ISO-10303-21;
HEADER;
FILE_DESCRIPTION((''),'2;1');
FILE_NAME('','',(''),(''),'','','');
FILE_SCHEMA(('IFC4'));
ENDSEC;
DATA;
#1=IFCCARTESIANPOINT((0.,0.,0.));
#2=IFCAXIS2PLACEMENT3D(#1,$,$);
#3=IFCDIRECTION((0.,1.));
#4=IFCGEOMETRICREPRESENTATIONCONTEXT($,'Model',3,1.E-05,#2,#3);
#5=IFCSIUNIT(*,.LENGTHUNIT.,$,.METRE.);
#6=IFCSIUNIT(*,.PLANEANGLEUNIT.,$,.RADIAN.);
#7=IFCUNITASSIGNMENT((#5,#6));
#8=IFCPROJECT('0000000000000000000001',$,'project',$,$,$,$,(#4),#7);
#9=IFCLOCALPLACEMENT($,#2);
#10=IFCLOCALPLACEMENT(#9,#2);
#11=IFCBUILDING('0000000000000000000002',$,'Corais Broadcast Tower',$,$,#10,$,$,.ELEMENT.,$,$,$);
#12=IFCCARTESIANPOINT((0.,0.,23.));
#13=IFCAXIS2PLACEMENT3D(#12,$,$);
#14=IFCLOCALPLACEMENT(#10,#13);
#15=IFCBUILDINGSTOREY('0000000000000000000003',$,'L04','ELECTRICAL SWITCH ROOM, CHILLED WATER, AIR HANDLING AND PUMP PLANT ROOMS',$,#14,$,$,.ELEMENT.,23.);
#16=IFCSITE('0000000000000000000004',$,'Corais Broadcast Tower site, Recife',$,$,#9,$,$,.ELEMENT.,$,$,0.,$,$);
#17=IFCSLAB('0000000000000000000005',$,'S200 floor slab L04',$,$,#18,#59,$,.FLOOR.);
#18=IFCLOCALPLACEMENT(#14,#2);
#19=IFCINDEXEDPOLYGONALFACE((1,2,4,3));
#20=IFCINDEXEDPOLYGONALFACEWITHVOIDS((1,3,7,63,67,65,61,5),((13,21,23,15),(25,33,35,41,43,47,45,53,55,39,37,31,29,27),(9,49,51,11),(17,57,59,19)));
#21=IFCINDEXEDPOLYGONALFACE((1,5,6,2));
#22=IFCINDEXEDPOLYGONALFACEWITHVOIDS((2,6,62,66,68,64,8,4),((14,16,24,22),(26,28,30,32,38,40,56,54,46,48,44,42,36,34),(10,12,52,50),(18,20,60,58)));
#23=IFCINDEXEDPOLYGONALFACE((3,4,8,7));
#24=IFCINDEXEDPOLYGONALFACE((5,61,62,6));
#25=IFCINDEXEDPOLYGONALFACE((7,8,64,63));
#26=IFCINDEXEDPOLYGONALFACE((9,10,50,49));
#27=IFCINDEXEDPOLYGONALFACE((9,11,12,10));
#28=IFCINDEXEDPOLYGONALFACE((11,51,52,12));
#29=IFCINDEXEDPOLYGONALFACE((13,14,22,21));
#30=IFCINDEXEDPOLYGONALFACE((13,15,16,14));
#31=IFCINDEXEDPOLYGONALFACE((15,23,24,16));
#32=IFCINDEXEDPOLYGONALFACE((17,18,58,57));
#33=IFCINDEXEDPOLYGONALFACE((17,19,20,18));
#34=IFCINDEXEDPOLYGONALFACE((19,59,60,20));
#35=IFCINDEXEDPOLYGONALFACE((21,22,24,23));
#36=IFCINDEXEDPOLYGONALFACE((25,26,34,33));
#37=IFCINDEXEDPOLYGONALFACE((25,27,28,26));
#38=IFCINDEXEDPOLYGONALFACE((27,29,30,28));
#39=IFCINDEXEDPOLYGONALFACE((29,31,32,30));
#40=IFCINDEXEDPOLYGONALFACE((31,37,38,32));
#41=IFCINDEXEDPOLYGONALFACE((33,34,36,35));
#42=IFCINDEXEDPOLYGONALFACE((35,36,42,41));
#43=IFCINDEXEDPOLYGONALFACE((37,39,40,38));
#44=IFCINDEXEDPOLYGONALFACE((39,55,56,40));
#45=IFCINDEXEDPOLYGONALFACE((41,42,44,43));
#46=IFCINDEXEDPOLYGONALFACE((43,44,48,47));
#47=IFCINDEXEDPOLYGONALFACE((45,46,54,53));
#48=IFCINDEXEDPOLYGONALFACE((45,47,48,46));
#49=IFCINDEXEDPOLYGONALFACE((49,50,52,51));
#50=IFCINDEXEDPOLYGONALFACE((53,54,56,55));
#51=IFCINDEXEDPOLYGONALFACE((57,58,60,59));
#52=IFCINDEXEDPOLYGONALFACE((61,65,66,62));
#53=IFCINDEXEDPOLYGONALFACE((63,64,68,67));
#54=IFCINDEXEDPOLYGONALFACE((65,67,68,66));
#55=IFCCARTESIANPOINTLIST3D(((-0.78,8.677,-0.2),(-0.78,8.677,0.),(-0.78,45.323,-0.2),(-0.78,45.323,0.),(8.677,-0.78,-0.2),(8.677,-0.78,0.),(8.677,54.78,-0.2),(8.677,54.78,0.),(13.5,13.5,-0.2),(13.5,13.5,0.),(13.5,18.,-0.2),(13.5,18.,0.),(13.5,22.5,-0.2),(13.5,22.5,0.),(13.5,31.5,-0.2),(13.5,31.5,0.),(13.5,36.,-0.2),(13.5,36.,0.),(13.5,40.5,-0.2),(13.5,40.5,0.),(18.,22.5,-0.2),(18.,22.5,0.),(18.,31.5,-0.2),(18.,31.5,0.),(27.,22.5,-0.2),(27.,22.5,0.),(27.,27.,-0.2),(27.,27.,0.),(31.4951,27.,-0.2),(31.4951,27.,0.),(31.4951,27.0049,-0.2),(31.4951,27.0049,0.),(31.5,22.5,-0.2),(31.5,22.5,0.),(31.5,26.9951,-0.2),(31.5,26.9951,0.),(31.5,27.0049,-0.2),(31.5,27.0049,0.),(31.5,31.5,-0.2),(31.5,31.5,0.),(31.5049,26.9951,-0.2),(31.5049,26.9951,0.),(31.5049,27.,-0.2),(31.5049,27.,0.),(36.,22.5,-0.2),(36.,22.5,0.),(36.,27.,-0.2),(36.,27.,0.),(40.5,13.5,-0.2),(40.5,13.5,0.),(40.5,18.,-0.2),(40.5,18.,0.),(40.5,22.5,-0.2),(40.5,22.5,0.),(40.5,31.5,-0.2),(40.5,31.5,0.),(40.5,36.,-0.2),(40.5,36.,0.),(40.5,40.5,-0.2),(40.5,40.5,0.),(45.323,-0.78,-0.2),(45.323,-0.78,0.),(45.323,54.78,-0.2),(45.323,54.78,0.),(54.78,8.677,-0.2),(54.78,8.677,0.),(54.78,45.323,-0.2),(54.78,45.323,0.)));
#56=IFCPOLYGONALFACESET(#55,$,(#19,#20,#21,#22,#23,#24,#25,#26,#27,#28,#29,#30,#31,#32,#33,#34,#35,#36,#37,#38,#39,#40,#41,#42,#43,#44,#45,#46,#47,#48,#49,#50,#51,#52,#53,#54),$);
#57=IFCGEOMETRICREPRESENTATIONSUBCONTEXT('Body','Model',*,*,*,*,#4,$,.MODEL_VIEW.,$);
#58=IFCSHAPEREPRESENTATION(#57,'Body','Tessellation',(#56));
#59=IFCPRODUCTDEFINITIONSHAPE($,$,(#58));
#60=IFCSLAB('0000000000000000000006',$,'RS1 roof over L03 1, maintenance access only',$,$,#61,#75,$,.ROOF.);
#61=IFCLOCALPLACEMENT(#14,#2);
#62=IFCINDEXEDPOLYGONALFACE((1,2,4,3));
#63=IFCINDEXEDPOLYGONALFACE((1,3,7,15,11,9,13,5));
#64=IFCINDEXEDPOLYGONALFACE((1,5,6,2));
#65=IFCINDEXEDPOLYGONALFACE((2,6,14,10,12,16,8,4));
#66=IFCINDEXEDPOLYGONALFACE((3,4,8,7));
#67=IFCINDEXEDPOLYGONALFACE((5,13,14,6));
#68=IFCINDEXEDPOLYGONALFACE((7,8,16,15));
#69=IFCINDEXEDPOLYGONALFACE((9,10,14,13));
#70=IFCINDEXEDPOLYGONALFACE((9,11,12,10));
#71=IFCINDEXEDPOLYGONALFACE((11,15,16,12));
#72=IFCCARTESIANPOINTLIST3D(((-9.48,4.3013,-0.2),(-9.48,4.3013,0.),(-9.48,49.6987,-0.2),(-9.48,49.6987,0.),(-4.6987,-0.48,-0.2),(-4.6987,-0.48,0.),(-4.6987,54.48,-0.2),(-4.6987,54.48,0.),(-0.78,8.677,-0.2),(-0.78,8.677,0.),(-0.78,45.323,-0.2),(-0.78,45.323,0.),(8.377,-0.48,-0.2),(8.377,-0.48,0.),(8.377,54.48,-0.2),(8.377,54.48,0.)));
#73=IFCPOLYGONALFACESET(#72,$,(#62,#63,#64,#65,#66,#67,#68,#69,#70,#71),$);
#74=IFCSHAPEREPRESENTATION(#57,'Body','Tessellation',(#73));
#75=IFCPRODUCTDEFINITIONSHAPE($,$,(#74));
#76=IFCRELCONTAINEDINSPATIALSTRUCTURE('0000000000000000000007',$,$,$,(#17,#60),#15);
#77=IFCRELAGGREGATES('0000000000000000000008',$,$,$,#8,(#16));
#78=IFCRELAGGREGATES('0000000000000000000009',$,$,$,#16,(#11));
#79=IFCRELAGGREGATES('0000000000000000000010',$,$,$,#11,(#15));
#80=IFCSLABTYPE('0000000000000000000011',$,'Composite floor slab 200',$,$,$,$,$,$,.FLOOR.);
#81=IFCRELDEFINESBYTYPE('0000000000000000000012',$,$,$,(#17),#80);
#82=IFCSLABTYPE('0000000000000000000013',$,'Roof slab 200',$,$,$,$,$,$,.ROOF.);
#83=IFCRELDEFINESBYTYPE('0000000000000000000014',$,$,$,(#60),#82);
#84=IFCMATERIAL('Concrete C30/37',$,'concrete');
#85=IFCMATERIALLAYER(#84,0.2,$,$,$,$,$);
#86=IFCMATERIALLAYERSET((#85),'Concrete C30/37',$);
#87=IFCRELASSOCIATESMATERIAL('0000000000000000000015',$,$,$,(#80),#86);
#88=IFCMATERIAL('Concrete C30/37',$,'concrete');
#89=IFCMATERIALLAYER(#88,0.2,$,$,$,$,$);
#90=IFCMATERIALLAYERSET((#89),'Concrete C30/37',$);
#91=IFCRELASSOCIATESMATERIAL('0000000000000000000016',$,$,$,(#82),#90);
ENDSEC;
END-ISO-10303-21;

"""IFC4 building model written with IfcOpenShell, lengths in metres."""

from ifc_helpers import new_model, si_unit, direction, frame, origin, place, context, subcontext, project, spatial, polyline, outline, extrude, material, layer, layer_set, type_object, element, save


model = new_model("IFC4")

# Units and contexts
model_context = context("Model", 3, precision=1e-05, world=origin(), true_north=direction((0.0, 1.0)))
body_context = subcontext(model_context, "Body", "Model", "MODEL_VIEW")
ifc_project = project(units=[si_unit("LENGTHUNIT", "METRE"), si_unit("PLANEANGLEUNIT", "RADIAN")], contexts=[model_context])

# Site, building, storey
site_placement = place(None, origin())
site = spatial("IfcSite", under=ifc_project, at=site_placement, Name="Corais Broadcast Tower site, Recife", CompositionType="ELEMENT", RefElevation=0.0)
building_placement = place(site_placement, origin())
building = spatial("IfcBuilding", under=site, at=building_placement, Name="Corais Broadcast Tower", CompositionType="ELEMENT")
storey_placement = place(building_placement, frame((0.0, 0.0, 23.0)))
storey = spatial("IfcBuildingStorey", under=building, at=storey_placement, Name="L04", Description="ELECTRICAL SWITCH ROOM, CHILLED WATER, AIR HANDLING AND PUMP PLANT ROOMS", CompositionType="ELEMENT", Elevation=23.0)

# Slabs
ifc_material_1 = material(Name="Concrete C30/37", Category="concrete")
ifc_layer_1 = layer(ifc_material_1, 0.2)
ifc_layer_set_1 = layer_set([ifc_layer_1], Name="Concrete C30/37")
slab_type_1 = type_object("IfcSlabType", Name="Composite floor slab 200", PredefinedType="FLOOR", material=ifc_layer_set_1)
slab_1_placement = place(storey_placement, frame((0.0, 0.0, -0.2)))
element("IfcSlab", 1, at=slab_1_placement, inside=storey, type_object=slab_type_1, Name="S200 floor slab L04", PredefinedType="FLOOR", context=body_context, shape_type="SweptSolid", body=[
    extrude(outline(polyline([(8.677, -0.78), (-0.78, 8.677), (-0.78, 45.323), (8.677, 54.78), (45.323, 54.78), (54.78, 45.323), (54.78, 8.677), (45.323, -0.78), (8.677, -0.78)]), holes=[polyline([(13.5, 18.0), (40.5, 18.0), (40.5, 13.5), (13.5, 13.5), (13.5, 18.0)]), polyline([(13.5, 22.5), (13.5, 31.5), (18.0, 31.5), (18.0, 22.5), (13.5, 22.5)]), polyline([(13.5, 40.5), (40.5, 40.5), (40.5, 36.0), (13.5, 36.0), (13.5, 40.5)]), polyline([(27.0, 22.5), (27.0, 27.0), (31.4951, 27.0), (31.4951, 27.0049), (31.5, 27.0049), (31.5, 31.5), (40.5, 31.5), (40.5, 22.5), (36.0, 22.5), (36.0, 27.0), (31.5049, 27.0), (31.5049, 26.9951), (31.5, 26.9951), (31.5, 22.5), (27.0, 22.5)])]), origin(), (0.0, 0.0, 1.0), 0.2),
])
ifc_material_2 = material(Name="Concrete C30/37", Category="concrete")
ifc_layer_2 = layer(ifc_material_2, 0.2)
ifc_layer_set_2 = layer_set([ifc_layer_2], Name="Concrete C30/37")
slab_type_2 = type_object("IfcSlabType", Name="Roof slab 200", PredefinedType="ROOF", material=ifc_layer_set_2)
slab_2_placement = place(storey_placement, frame((0.0, 0.0, -0.2)))
element("IfcSlab", 2, at=slab_2_placement, inside=storey, type_object=slab_type_2, Name="RS1 roof over L03 1, maintenance access only", PredefinedType="ROOF", context=body_context, shape_type="SweptSolid", body=[
    extrude(outline(polyline([(-9.48, 4.3013), (-9.48, 49.6987), (-4.6987, 54.48), (8.377, 54.48), (-0.78, 45.323), (-0.78, 8.677), (8.377, -0.48), (-4.6987, -0.48), (-9.48, 4.3013)])), origin(), (0.0, 0.0, 1.0), 0.2),
])

save(model, "model.ifc")
